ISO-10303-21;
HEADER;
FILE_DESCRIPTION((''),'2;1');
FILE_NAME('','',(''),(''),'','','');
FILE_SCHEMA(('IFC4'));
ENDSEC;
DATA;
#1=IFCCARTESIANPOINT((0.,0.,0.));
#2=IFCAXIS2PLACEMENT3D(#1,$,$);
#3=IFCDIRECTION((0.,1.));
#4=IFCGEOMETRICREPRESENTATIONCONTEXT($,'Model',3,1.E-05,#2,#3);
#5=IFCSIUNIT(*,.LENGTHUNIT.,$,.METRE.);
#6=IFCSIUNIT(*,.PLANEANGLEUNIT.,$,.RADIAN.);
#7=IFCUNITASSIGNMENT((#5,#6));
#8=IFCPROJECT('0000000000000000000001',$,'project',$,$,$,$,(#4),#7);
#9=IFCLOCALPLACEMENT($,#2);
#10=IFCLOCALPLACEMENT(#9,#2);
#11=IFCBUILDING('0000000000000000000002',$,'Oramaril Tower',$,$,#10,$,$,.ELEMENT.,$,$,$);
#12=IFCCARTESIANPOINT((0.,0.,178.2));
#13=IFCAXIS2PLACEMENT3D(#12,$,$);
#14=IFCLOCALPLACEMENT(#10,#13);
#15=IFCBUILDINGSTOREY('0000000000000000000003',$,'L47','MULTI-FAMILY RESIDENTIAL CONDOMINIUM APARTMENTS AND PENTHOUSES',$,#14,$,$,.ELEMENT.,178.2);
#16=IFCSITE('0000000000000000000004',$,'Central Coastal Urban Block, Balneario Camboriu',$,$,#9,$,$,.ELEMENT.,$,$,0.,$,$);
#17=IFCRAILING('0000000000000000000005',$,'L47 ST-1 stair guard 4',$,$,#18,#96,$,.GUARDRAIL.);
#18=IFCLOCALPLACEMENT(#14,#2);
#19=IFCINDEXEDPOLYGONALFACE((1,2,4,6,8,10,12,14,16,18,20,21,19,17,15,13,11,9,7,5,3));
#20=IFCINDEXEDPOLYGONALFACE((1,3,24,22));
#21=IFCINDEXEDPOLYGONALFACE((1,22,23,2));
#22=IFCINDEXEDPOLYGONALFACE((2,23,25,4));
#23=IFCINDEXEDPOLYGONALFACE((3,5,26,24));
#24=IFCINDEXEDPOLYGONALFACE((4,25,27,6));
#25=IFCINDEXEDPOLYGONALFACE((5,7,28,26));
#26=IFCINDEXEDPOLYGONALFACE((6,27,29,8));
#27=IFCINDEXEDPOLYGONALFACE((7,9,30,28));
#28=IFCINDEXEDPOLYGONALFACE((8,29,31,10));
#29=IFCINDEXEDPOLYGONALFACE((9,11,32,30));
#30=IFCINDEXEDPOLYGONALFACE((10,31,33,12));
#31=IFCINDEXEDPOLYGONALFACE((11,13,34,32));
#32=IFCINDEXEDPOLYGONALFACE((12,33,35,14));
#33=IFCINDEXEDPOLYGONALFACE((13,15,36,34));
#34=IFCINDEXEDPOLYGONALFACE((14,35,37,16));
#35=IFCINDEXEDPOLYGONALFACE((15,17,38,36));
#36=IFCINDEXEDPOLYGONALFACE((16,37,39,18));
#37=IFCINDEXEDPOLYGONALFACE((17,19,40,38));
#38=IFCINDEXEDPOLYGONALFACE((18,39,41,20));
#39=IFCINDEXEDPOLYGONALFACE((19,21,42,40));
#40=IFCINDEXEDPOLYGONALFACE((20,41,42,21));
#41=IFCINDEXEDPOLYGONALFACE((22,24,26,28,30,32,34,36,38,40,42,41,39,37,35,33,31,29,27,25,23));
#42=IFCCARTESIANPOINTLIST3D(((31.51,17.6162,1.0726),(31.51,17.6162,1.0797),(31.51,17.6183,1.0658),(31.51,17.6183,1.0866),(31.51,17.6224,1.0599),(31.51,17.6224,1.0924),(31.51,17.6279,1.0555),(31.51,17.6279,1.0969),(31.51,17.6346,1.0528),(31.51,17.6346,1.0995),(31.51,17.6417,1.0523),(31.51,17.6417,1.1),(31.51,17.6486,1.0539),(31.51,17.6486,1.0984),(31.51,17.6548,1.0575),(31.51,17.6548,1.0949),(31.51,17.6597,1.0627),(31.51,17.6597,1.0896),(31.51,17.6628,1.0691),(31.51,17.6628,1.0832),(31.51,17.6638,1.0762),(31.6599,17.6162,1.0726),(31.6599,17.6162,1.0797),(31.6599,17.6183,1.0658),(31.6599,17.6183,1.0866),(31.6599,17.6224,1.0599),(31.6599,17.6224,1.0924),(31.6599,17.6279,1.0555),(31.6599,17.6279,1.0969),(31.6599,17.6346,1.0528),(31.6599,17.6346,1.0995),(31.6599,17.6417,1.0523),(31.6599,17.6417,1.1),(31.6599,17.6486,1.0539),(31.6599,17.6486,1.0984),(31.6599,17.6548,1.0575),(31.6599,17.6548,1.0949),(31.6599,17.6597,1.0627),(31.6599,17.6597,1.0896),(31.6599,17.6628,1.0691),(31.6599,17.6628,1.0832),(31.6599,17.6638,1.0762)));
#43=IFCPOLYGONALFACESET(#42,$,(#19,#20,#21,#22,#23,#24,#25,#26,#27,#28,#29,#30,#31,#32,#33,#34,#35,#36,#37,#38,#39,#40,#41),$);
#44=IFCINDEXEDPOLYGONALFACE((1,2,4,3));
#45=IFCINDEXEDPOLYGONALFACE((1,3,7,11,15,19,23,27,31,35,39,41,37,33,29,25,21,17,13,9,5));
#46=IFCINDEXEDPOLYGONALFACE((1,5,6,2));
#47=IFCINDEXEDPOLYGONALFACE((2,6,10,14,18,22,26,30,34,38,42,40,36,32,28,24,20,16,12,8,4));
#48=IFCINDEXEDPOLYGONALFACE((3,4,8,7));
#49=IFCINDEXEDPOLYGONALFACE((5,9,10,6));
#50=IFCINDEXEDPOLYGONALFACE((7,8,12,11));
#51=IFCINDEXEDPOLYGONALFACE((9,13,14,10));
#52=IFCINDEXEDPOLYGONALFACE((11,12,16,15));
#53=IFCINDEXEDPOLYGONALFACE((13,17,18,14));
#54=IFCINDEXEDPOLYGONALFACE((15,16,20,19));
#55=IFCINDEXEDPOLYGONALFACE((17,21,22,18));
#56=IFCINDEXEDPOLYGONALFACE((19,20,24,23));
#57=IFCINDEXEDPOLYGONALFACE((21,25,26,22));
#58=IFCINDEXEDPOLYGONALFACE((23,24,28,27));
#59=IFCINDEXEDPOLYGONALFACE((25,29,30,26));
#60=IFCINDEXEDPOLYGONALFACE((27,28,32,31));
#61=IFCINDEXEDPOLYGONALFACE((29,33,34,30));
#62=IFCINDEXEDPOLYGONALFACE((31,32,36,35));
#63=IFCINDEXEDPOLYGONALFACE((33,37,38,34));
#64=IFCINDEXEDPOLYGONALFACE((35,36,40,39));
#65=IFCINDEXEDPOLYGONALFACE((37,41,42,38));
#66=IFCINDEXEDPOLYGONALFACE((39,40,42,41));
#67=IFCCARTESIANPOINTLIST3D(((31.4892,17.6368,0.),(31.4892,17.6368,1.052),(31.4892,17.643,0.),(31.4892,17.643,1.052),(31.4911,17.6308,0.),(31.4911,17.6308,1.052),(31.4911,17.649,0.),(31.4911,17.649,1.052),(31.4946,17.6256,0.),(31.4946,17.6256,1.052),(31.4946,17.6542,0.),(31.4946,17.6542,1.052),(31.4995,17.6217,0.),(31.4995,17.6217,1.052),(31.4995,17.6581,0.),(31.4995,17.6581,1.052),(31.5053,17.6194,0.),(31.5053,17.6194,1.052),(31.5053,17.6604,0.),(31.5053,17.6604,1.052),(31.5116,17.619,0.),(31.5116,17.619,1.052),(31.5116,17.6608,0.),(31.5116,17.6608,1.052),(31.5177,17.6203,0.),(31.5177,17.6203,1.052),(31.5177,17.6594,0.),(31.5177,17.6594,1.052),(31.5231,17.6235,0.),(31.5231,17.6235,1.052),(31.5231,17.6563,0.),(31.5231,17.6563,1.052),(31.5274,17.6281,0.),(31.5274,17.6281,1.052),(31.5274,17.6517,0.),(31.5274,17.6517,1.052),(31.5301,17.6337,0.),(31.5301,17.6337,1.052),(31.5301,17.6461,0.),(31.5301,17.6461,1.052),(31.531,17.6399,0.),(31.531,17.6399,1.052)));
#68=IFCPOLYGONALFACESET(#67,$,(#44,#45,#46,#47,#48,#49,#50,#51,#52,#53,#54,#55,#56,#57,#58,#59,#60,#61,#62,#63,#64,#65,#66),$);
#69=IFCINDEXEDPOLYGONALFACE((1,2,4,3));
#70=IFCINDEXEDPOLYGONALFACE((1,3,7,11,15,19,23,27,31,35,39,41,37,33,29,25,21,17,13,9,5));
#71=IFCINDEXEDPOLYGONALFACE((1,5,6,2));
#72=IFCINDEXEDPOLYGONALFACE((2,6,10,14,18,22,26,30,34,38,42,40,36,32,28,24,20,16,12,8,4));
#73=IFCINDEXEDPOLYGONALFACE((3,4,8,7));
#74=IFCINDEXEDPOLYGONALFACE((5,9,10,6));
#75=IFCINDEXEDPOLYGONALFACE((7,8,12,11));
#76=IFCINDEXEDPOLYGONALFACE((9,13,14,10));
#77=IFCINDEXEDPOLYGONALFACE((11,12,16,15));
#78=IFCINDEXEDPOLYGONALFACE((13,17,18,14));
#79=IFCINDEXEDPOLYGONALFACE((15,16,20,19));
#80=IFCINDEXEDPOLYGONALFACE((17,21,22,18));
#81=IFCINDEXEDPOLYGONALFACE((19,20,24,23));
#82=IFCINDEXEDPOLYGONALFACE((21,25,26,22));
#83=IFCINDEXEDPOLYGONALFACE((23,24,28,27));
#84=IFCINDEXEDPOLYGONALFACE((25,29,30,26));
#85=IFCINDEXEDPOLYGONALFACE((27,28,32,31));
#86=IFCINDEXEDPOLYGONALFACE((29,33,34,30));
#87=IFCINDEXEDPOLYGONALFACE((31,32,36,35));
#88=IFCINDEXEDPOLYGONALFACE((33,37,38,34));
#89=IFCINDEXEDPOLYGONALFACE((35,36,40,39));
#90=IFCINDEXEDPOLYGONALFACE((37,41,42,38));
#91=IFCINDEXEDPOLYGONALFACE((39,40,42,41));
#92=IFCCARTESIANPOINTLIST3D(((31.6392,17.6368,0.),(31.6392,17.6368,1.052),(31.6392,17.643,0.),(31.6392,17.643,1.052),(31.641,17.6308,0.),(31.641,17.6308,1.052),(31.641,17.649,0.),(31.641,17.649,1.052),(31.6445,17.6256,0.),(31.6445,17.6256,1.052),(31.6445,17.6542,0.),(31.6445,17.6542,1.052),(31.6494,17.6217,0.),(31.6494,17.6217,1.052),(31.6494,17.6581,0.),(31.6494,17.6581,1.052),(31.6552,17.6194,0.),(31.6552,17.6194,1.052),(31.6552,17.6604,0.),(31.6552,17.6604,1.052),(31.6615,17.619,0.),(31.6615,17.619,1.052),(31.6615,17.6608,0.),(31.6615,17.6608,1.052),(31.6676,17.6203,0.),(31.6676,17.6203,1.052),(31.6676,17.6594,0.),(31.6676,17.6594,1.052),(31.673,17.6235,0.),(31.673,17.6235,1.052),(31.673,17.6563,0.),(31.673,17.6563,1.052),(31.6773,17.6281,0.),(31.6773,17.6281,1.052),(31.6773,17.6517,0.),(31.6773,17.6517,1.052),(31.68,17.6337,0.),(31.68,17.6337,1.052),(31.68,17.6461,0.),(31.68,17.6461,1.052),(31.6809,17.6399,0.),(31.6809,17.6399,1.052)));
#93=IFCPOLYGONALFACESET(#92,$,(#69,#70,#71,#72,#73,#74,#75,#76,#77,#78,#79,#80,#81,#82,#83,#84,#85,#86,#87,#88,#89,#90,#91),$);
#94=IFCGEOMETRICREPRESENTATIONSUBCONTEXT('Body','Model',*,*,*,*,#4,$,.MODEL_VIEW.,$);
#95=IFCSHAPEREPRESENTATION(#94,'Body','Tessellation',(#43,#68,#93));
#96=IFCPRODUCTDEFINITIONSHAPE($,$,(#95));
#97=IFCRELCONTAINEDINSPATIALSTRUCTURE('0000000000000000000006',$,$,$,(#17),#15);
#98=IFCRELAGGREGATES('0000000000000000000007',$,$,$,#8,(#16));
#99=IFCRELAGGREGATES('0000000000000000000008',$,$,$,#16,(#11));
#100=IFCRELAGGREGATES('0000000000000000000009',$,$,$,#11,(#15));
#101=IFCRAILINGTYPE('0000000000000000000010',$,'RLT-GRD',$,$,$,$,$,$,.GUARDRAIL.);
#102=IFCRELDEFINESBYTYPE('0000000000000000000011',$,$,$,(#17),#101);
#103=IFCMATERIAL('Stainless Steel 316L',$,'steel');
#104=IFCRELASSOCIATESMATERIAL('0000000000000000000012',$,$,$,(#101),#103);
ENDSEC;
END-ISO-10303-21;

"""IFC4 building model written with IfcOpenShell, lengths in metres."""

from ifc_helpers import new_model, si_unit, direction, frame, origin, origin_2d, place, context, subcontext, project, spatial, circle, extrude, material, type_object, element, save


model = new_model("IFC4")

# Units and contexts
model_context = context("Model", 3, precision=1e-05, world=origin(), true_north=direction((0.0, 1.0)))
body_context = subcontext(model_context, "Body", "Model", "MODEL_VIEW")
ifc_project = project(units=[si_unit("LENGTHUNIT", "METRE"), si_unit("PLANEANGLEUNIT", "RADIAN")], contexts=[model_context])

# Site, building, storey
site_placement = place(None, origin())
site = spatial("IfcSite", under=ifc_project, at=site_placement, Name="Central Coastal Urban Block, Balneario Camboriu", CompositionType="ELEMENT", RefElevation=0.0)
building_placement = place(site_placement, origin())
building = spatial("IfcBuilding", under=site, at=building_placement, Name="Oramaril Tower", CompositionType="ELEMENT")
storey_placement = place(building_placement, frame((0.0, 0.0, 178.2)))
storey = spatial("IfcBuildingStorey", under=building, at=storey_placement, Name="L47", Description="MULTI-FAMILY RESIDENTIAL CONDOMINIUM APARTMENTS AND PENTHOUSES", CompositionType="ELEMENT", Elevation=178.2)

# Railing
ifc_material_1 = material(Name="Stainless Steel 316L", Category="steel")
railing_type_1 = type_object("IfcRailingType", Name="RLT-GRD", PredefinedType="GUARDRAIL", material=ifc_material_1)
railing_1_placement = place(storey_placement, frame((31.51, 17.6399, 0.0)))
element("IfcRailing", 1, at=railing_1_placement, inside=storey, type_object=railing_type_1, Name="L47 ST-1 stair guard 4", PredefinedType="GUARDRAIL", context=body_context, shape_type="SweptSolid", body=[
    extrude(circle(Radius=0.0239, at=origin_2d()), frame((0.0, 0.0, 1.0762), z_axis=(1.0, 0.0, 0.0), x_axis=(0.0, 1.0, 0.0)), (0.0, 0.0, 1.0), 0.1499),
    extrude(circle(Radius=0.021, at=origin_2d()), origin(), (0.0, 0.0, 1.0), 1.052),
    extrude(circle(Radius=0.021, at=origin_2d()), frame((0.1499, 0.0, 0.0)), (0.0, 0.0, 1.0), 1.052),
])

save(model, "model.ifc")
